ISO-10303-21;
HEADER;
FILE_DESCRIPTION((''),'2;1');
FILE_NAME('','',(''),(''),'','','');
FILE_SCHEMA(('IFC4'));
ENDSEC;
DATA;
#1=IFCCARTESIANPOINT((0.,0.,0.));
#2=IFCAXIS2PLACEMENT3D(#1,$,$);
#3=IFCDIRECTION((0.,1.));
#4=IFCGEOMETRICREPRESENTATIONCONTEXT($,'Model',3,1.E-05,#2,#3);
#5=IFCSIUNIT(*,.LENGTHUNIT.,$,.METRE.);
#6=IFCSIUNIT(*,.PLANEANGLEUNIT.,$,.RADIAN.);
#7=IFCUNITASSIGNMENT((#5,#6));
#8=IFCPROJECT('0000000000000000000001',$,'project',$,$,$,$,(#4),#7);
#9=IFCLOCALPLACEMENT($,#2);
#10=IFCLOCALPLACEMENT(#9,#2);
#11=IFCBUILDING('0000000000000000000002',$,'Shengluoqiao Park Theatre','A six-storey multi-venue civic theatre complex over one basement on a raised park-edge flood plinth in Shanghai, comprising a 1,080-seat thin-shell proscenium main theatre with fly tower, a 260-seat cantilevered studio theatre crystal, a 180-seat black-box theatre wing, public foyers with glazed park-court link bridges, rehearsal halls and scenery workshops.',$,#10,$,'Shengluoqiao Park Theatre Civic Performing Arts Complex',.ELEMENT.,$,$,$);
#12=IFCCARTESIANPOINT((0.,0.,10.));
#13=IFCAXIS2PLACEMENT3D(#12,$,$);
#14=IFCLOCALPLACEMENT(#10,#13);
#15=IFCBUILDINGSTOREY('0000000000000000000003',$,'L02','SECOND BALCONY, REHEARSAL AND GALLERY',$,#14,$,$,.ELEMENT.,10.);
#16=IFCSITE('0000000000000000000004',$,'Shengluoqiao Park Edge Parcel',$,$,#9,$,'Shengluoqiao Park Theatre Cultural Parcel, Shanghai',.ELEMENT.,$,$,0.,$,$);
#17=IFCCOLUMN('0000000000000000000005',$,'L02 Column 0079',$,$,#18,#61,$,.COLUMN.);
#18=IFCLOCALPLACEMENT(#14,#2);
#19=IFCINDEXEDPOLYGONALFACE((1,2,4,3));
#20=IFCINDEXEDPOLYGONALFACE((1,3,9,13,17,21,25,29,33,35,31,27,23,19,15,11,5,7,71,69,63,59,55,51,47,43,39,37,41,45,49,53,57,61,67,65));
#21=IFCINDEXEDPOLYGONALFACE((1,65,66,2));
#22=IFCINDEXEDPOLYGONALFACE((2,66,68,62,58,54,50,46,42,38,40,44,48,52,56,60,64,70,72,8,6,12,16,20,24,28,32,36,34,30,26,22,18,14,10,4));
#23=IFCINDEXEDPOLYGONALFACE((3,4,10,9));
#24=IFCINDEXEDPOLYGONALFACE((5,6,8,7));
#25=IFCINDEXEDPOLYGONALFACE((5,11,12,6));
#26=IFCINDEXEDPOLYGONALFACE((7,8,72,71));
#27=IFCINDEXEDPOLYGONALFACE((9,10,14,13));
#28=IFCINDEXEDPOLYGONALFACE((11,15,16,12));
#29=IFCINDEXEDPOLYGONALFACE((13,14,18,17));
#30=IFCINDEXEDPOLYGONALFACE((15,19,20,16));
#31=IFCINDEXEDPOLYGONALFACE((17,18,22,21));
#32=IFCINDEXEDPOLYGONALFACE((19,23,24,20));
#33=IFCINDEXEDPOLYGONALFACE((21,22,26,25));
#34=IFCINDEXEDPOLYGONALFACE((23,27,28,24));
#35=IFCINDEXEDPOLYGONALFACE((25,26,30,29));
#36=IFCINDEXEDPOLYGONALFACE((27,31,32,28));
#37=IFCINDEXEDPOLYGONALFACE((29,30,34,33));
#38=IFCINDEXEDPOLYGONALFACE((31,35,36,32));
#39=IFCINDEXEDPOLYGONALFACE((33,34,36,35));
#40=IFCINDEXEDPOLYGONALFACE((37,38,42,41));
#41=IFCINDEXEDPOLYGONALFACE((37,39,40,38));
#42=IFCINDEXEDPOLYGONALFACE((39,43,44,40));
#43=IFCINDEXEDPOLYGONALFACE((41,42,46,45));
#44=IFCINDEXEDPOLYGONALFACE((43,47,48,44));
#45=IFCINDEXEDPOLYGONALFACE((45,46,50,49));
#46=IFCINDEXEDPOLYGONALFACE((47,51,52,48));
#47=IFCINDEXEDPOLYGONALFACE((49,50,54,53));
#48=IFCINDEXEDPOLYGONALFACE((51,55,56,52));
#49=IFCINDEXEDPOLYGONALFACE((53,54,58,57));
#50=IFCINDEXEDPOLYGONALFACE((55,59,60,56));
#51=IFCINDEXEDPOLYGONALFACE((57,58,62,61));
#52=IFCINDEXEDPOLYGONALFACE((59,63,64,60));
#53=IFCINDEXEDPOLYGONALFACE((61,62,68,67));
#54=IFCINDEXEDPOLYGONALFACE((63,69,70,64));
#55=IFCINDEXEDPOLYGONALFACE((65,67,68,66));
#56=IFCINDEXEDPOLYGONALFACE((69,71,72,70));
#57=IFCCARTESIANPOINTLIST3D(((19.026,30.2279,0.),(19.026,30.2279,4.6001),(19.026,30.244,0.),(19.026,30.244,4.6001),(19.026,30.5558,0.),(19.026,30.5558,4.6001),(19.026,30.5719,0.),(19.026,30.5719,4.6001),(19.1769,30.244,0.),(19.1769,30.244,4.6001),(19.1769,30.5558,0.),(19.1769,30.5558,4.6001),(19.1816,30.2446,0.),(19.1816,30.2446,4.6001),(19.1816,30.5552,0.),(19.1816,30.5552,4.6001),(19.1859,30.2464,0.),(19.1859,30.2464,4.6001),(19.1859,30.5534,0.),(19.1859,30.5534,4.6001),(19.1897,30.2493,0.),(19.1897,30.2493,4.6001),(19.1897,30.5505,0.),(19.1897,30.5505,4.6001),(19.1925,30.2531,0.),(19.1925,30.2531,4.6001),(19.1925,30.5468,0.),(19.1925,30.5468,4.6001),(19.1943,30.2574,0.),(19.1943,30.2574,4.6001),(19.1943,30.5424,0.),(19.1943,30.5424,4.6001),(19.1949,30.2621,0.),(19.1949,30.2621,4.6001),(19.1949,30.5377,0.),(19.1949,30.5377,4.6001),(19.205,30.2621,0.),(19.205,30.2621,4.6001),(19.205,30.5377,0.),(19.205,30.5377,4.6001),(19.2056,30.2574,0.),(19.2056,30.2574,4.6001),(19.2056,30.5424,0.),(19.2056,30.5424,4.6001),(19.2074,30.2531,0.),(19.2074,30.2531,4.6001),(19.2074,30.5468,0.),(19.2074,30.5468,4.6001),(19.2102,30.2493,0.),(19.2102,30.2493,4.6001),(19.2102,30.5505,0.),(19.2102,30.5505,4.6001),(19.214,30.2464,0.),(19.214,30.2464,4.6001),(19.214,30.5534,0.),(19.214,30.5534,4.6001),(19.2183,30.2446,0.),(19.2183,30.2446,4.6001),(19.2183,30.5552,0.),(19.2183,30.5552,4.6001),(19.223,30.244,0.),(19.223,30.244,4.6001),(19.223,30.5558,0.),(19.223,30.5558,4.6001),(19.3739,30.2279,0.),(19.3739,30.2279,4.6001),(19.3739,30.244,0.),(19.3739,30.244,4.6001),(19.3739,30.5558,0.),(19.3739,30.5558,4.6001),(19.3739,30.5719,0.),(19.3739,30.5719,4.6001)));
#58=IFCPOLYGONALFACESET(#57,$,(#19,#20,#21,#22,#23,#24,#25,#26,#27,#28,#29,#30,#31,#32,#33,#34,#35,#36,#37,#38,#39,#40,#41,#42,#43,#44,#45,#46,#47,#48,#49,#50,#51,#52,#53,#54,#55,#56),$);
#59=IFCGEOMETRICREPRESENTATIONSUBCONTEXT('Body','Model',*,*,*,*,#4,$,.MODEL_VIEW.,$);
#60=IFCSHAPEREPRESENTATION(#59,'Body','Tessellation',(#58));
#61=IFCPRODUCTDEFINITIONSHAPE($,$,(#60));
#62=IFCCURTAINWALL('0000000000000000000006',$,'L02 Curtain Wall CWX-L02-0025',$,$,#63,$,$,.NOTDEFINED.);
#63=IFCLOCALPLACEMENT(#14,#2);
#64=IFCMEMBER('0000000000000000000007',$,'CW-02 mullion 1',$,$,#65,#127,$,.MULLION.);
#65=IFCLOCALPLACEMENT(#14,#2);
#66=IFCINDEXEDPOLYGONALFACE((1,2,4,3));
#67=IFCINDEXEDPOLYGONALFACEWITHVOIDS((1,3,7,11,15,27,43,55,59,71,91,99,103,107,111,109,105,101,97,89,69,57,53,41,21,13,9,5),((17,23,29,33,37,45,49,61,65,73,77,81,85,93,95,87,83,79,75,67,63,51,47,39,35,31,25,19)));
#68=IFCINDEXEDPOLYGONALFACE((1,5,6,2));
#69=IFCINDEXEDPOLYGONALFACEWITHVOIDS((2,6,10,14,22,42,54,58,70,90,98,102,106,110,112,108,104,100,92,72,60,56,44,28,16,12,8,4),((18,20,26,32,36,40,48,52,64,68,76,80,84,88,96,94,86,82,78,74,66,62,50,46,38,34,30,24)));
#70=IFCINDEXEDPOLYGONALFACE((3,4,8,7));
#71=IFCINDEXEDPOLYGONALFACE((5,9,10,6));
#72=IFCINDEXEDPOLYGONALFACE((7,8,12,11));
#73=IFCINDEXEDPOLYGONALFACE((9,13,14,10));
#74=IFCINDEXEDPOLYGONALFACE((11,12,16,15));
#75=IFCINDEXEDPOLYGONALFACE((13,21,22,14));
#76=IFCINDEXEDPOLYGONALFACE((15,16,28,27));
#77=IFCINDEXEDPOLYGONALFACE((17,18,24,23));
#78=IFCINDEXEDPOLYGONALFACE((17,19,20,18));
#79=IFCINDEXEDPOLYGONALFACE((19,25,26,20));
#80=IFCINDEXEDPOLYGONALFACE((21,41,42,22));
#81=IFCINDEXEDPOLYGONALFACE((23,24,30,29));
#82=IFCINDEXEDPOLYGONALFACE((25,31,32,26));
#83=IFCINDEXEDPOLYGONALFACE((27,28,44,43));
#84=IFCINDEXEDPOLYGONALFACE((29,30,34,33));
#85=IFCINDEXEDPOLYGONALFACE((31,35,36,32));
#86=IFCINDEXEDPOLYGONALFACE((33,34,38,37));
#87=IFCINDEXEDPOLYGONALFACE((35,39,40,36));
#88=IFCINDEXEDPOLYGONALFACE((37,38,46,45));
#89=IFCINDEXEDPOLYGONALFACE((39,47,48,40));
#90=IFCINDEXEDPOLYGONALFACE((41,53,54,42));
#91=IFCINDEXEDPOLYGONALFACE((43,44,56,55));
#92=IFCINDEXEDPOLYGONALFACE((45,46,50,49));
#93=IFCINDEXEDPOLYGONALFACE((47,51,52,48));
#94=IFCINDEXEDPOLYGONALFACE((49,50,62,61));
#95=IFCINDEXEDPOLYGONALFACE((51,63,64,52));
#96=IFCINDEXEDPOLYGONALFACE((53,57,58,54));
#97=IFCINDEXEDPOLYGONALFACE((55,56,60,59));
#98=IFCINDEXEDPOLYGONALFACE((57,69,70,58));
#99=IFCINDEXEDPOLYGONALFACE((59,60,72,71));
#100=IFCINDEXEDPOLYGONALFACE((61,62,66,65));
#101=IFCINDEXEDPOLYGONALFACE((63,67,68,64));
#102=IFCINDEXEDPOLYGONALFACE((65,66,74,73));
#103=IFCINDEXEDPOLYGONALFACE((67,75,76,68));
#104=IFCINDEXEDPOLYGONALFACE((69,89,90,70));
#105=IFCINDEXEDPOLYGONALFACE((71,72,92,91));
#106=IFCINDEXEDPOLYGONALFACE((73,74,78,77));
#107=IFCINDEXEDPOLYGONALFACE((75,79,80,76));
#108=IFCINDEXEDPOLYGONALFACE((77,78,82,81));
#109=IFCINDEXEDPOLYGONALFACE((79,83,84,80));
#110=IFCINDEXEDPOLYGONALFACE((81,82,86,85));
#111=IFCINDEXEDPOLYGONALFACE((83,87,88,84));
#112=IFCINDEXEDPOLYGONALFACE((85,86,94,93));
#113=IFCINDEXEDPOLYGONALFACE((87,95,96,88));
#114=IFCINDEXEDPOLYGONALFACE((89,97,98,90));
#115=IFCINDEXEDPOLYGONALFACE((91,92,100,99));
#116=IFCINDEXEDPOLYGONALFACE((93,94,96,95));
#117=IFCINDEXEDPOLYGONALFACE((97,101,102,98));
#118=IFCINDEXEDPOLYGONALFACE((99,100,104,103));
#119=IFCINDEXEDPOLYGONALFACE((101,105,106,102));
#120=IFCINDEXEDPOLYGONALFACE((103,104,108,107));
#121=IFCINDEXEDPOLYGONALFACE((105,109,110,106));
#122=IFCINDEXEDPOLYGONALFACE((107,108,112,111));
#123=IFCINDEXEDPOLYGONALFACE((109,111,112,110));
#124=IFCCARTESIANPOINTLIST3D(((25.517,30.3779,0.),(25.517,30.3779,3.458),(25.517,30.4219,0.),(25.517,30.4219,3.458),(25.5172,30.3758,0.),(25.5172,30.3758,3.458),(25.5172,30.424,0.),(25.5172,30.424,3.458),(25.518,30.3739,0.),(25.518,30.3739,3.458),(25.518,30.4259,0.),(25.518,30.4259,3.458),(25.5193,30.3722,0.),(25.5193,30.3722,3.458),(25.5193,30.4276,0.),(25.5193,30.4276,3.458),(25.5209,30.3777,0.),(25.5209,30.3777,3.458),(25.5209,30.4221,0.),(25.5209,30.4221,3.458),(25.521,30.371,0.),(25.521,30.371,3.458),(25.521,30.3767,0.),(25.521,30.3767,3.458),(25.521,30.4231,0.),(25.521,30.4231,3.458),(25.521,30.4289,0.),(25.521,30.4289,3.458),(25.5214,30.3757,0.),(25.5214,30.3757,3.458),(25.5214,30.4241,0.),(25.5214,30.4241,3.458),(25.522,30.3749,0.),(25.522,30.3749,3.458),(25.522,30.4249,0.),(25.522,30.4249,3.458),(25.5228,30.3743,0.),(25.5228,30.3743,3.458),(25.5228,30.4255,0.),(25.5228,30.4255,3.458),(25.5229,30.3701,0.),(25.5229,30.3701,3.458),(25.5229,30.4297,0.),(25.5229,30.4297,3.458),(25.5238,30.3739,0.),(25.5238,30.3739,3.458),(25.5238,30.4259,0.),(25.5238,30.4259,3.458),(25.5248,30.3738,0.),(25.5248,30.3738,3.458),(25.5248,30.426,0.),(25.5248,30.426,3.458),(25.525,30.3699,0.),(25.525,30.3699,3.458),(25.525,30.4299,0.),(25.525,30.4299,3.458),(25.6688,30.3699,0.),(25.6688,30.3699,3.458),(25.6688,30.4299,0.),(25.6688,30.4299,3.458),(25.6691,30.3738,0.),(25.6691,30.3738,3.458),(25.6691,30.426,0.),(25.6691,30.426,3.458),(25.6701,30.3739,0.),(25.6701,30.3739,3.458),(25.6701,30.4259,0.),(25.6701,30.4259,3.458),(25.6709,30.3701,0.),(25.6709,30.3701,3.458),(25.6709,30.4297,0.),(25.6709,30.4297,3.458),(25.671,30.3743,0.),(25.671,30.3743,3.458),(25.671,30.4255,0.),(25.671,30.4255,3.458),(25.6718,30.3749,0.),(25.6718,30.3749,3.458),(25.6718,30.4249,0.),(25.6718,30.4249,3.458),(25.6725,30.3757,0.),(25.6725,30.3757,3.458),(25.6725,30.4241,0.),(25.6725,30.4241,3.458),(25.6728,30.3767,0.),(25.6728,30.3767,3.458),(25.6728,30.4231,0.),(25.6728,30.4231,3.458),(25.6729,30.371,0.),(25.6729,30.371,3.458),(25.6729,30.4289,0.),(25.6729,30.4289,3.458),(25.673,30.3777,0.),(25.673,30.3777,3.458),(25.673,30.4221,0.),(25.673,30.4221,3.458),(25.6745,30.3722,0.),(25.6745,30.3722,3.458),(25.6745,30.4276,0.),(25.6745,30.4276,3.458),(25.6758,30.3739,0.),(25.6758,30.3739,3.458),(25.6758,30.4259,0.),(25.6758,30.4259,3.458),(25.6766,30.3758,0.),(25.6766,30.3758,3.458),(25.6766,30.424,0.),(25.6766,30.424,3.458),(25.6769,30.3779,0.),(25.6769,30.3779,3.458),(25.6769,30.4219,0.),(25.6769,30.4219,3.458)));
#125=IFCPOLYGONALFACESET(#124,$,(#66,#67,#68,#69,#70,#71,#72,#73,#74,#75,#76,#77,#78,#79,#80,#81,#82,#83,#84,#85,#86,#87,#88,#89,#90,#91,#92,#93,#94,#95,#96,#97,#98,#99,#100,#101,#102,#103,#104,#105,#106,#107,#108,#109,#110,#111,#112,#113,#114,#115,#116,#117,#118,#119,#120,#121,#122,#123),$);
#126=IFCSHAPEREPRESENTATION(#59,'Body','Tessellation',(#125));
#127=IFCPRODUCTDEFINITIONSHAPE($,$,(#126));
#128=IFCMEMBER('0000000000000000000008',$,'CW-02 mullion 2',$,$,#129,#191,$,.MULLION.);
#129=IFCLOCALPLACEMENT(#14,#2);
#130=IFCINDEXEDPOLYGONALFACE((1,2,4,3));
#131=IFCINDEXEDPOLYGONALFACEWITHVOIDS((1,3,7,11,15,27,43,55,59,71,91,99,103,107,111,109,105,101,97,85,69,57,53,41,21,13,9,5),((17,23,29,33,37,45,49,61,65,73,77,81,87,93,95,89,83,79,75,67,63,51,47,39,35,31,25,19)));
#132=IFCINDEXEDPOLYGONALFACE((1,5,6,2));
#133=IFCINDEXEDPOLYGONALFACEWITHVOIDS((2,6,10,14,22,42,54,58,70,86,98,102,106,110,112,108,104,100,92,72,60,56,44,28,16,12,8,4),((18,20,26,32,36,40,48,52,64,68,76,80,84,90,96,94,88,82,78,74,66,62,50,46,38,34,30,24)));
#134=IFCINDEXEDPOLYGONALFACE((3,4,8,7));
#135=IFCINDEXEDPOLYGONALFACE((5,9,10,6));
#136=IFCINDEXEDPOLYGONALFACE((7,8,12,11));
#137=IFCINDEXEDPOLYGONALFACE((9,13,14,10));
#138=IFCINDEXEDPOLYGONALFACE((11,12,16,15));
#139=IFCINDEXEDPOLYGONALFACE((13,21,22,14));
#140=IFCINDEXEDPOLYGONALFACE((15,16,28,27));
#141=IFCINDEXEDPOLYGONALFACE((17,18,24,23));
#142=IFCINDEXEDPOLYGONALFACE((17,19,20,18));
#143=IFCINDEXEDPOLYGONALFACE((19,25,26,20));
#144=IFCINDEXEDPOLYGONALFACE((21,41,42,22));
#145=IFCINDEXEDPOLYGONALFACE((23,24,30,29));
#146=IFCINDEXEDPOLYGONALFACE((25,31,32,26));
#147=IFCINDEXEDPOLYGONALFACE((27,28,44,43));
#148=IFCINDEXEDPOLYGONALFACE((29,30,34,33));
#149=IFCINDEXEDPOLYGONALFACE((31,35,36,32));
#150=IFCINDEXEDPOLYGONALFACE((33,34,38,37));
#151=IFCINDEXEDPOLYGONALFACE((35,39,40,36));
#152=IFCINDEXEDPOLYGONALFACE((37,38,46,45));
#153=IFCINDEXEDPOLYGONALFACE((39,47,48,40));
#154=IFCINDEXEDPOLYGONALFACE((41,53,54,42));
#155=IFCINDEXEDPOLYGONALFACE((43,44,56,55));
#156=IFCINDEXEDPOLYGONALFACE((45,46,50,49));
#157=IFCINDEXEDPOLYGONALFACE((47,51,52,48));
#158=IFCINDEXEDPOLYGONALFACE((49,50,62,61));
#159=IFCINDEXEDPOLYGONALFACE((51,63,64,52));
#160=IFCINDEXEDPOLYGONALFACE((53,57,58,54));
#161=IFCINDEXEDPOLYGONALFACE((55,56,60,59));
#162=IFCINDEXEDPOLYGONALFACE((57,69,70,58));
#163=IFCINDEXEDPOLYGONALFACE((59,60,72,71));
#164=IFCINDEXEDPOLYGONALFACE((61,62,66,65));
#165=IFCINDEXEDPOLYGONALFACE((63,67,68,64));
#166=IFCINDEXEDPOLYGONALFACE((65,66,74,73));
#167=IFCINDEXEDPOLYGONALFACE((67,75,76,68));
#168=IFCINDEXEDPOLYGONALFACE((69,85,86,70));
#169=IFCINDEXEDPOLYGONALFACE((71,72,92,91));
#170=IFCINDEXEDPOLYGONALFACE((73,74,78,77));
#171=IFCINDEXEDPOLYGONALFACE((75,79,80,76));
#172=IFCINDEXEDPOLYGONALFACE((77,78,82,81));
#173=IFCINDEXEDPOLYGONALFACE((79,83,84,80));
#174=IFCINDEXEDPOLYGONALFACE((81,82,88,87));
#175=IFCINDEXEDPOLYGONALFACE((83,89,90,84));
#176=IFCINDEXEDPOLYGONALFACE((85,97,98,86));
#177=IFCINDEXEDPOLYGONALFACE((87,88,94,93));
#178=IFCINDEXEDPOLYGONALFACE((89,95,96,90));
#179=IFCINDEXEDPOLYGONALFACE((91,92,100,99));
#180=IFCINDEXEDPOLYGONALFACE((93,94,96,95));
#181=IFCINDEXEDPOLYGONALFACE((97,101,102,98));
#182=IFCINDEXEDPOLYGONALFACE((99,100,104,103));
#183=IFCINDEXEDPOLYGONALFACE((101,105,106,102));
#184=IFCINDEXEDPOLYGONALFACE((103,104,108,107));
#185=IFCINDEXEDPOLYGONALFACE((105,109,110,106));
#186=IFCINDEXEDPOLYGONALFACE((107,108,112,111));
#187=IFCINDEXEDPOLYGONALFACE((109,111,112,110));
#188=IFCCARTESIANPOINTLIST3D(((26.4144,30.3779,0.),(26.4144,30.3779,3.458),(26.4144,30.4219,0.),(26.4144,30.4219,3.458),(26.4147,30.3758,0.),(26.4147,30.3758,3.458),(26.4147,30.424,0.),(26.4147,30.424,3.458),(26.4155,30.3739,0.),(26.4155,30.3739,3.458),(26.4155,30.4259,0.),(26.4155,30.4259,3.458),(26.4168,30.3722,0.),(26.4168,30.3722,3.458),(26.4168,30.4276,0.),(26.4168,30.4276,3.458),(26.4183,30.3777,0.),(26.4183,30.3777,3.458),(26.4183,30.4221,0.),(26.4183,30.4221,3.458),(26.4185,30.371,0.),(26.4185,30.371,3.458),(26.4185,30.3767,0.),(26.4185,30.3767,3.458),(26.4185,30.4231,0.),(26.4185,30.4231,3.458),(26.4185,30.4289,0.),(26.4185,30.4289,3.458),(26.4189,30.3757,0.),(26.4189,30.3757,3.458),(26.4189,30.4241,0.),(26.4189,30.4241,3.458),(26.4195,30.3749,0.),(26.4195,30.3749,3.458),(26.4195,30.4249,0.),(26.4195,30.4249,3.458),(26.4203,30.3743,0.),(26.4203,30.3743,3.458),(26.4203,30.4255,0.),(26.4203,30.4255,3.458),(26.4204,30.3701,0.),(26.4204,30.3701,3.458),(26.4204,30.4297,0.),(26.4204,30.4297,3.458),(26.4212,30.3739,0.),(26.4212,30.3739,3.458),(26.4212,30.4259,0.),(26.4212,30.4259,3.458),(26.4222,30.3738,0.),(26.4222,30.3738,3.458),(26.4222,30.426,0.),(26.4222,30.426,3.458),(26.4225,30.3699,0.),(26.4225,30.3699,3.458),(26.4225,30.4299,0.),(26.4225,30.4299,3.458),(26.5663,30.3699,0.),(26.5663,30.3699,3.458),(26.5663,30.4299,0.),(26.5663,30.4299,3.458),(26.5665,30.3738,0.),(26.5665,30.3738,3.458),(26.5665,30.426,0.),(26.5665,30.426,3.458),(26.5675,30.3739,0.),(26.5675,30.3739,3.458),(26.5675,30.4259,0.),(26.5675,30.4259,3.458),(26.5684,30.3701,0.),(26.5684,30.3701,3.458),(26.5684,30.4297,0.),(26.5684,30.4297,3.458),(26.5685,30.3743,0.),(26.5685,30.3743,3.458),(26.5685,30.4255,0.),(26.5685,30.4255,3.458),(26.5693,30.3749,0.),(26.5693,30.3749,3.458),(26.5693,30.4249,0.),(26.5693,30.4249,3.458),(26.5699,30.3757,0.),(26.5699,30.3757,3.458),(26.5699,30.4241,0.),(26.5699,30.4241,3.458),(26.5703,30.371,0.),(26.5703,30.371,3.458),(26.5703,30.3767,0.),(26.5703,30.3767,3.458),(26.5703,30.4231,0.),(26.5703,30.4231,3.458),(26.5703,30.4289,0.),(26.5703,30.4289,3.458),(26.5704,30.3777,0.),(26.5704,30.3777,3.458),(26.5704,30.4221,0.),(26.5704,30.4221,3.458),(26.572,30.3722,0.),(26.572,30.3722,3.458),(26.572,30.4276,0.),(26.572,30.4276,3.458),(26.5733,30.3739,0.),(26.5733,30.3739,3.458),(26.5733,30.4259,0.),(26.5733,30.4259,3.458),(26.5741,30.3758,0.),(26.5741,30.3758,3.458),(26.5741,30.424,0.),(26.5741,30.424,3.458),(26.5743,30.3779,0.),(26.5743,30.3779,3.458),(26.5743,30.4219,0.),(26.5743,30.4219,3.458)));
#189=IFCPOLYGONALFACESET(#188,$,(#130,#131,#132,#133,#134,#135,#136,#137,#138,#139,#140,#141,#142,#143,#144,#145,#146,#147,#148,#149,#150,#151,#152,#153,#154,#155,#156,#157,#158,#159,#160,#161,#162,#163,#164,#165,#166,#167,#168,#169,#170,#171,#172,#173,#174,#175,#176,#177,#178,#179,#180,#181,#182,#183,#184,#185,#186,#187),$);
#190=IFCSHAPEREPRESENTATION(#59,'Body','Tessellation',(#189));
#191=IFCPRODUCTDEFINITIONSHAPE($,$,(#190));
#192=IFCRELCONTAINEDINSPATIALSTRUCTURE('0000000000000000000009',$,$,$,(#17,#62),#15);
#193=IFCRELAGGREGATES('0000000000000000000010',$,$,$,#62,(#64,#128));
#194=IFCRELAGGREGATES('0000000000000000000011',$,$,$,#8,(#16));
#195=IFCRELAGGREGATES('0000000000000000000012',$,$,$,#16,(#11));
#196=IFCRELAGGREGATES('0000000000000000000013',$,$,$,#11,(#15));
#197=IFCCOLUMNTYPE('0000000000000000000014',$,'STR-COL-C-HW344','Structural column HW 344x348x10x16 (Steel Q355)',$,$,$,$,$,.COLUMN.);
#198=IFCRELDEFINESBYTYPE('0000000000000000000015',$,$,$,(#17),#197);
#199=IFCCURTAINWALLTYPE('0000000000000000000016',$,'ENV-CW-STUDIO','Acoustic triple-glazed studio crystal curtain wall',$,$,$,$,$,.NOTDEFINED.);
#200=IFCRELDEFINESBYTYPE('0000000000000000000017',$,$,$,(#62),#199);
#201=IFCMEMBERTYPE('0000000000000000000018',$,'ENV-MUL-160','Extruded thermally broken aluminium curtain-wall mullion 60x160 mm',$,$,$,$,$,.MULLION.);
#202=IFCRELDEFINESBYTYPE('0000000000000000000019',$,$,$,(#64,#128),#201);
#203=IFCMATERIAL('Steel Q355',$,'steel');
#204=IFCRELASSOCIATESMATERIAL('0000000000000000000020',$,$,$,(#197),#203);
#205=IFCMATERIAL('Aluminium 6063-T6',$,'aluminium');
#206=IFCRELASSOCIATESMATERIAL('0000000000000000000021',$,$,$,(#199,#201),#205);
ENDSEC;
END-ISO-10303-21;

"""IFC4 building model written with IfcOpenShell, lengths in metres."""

from ifc_helpers import new_model, si_unit, direction, frame, origin, origin_2d, place, context, subcontext, project, spatial, hollow_rectangle, i_section, extrude, material, material_profile, profile_set, type_object, element, aggregate, save


model = new_model("IFC4")

# Units and contexts
model_context = context("Model", 3, precision=1e-05, world=origin(), true_north=direction((0.0, 1.0)))
body_context = subcontext(model_context, "Body", "Model", "MODEL_VIEW")
ifc_project = project(units=[si_unit("LENGTHUNIT", "METRE"), si_unit("PLANEANGLEUNIT", "RADIAN")], contexts=[model_context])

# Site, building, storey
site_placement = place(None, origin())
site = spatial("IfcSite", under=ifc_project, at=site_placement, Name="Shengluoqiao Park Edge Parcel", LongName="Shengluoqiao Park Theatre Cultural Parcel, Shanghai", CompositionType="ELEMENT", RefElevation=0.0)
building_placement = place(site_placement, origin())
building = spatial("IfcBuilding", under=site, at=building_placement, Name="Shengluoqiao Park Theatre", Description="A six-storey multi-venue civic theatre complex over one basement on a raised park-edge flood plinth in Shanghai, comprising a 1,080-seat thin-shell proscenium main theatre with fly tower, a 260-seat cantilevered studio theatre crystal, a 180-seat black-box theatre wing, public foyers with glazed park-court link bridges, rehearsal halls and scenery workshops.", LongName="Shengluoqiao Park Theatre Civic Performing Arts Complex", CompositionType="ELEMENT")
storey_placement = place(building_placement, frame((0.0, 0.0, 10.0)))
storey = spatial("IfcBuildingStorey", under=building, at=storey_placement, Name="L02", Description="SECOND BALCONY, REHEARSAL AND GALLERY", CompositionType="ELEMENT", Elevation=10.0)

# Column
ifc_material_1 = material(Name="Steel Q355", Category="steel")
ifc_material_profile_1 = material_profile(ifc_material_1, i_section(OverallWidth=0.3479, OverallDepth=0.344, WebThickness=0.01, FlangeThickness=0.0161, FilletRadius=0.0181, at=origin_2d()), Name="HW 344x348x10x16")
ifc_profile_set_1 = profile_set([ifc_material_profile_1], Name="Steel Q355")
column_type = type_object("IfcColumnType", Name="STR-COL-C-HW344", Description="Structural column HW 344x348x10x16 (Steel Q355)", PredefinedType="COLUMN", material=ifc_profile_set_1)
column_placement = place(storey_placement, frame((19.2, 30.3999, 0.0), z_axis=(0.0, 0.0, 1.0), x_axis=(1.0, 0.0, 0.0)))
element("IfcColumn", 1, at=column_placement, inside=storey, type_object=column_type, Name="L02 Column 0079", PredefinedType="COLUMN", context=body_context, shape_type="SweptSolid", body=[
    extrude(i_section(OverallWidth=0.3479, OverallDepth=0.344, WebThickness=0.01, FlangeThickness=0.0161, FilletRadius=0.0181, at=origin_2d()), origin(), (0.0, 0.0, 1.0), 4.6001),
])

# Curtain wall, members
ifc_material_2 = material(Name="Aluminium 6063-T6", Category="aluminium")
curtain_wall_type_1 = type_object("IfcCurtainWallType", Name="ENV-CW-STUDIO", Description="Acoustic triple-glazed studio crystal curtain wall", PredefinedType="NOTDEFINED", material=ifc_material_2)
curtain_wall_1_placement = place(storey_placement, origin())
curtain_wall_1 = element("IfcCurtainWall", 2, at=curtain_wall_1_placement, inside=storey, type_object=curtain_wall_type_1, Name="L02 Curtain Wall CWX-L02-0025", PredefinedType="NOTDEFINED")
ifc_material_profile_2 = material_profile(ifc_material_2, hollow_rectangle(XDim=0.0601, YDim=0.1599, WallThickness=0.0039, InnerFilletRadius=0.0039, OuterFilletRadius=0.0081, at=origin_2d()), Name="ALU MULLION 160x60x4")
ifc_profile_set_2 = profile_set([ifc_material_profile_2], Name="Aluminium 6063-T6")
member_type_1 = type_object("IfcMemberType", Name="ENV-MUL-160", Description="Extruded thermally broken aluminium curtain-wall mullion 60x160 mm", PredefinedType="MULLION", material=ifc_profile_set_2)
member_1_placement = place(storey_placement, frame((25.5969, 30.3999, 0.0), z_axis=(0.0, 0.0, 1.0), x_axis=(0.0, 1.0, 0.0)))
member_1 = element("IfcMember", 3, at=member_1_placement, type_object=member_type_1, Name="CW-02 mullion 1", PredefinedType="MULLION", context=body_context, shape_type="SweptSolid", body=[
    extrude(hollow_rectangle(XDim=0.0601, YDim=0.1599, WallThickness=0.0039, InnerFilletRadius=0.0039, OuterFilletRadius=0.0081, at=origin_2d()), origin(), (0.0, 0.0, 1.0), 3.458),
])
member_2_placement = place(storey_placement, frame((26.4944, 30.3999, 0.0), z_axis=(0.0, 0.0, 1.0), x_axis=(0.0, 1.0, 0.0)))
member_2 = element("IfcMember", 4, at=member_2_placement, type_object=member_type_1, Name="CW-02 mullion 2", PredefinedType="MULLION", context=body_context, shape_type="SweptSolid", body=[
    extrude(hollow_rectangle(XDim=0.0601, YDim=0.1599, WallThickness=0.0039, InnerFilletRadius=0.0039, OuterFilletRadius=0.0081, at=origin_2d()), origin(), (0.0, 0.0, 1.0), 3.458),
])

aggregate(curtain_wall_1, [member_1, member_2])

save(model, "model.ifc")
